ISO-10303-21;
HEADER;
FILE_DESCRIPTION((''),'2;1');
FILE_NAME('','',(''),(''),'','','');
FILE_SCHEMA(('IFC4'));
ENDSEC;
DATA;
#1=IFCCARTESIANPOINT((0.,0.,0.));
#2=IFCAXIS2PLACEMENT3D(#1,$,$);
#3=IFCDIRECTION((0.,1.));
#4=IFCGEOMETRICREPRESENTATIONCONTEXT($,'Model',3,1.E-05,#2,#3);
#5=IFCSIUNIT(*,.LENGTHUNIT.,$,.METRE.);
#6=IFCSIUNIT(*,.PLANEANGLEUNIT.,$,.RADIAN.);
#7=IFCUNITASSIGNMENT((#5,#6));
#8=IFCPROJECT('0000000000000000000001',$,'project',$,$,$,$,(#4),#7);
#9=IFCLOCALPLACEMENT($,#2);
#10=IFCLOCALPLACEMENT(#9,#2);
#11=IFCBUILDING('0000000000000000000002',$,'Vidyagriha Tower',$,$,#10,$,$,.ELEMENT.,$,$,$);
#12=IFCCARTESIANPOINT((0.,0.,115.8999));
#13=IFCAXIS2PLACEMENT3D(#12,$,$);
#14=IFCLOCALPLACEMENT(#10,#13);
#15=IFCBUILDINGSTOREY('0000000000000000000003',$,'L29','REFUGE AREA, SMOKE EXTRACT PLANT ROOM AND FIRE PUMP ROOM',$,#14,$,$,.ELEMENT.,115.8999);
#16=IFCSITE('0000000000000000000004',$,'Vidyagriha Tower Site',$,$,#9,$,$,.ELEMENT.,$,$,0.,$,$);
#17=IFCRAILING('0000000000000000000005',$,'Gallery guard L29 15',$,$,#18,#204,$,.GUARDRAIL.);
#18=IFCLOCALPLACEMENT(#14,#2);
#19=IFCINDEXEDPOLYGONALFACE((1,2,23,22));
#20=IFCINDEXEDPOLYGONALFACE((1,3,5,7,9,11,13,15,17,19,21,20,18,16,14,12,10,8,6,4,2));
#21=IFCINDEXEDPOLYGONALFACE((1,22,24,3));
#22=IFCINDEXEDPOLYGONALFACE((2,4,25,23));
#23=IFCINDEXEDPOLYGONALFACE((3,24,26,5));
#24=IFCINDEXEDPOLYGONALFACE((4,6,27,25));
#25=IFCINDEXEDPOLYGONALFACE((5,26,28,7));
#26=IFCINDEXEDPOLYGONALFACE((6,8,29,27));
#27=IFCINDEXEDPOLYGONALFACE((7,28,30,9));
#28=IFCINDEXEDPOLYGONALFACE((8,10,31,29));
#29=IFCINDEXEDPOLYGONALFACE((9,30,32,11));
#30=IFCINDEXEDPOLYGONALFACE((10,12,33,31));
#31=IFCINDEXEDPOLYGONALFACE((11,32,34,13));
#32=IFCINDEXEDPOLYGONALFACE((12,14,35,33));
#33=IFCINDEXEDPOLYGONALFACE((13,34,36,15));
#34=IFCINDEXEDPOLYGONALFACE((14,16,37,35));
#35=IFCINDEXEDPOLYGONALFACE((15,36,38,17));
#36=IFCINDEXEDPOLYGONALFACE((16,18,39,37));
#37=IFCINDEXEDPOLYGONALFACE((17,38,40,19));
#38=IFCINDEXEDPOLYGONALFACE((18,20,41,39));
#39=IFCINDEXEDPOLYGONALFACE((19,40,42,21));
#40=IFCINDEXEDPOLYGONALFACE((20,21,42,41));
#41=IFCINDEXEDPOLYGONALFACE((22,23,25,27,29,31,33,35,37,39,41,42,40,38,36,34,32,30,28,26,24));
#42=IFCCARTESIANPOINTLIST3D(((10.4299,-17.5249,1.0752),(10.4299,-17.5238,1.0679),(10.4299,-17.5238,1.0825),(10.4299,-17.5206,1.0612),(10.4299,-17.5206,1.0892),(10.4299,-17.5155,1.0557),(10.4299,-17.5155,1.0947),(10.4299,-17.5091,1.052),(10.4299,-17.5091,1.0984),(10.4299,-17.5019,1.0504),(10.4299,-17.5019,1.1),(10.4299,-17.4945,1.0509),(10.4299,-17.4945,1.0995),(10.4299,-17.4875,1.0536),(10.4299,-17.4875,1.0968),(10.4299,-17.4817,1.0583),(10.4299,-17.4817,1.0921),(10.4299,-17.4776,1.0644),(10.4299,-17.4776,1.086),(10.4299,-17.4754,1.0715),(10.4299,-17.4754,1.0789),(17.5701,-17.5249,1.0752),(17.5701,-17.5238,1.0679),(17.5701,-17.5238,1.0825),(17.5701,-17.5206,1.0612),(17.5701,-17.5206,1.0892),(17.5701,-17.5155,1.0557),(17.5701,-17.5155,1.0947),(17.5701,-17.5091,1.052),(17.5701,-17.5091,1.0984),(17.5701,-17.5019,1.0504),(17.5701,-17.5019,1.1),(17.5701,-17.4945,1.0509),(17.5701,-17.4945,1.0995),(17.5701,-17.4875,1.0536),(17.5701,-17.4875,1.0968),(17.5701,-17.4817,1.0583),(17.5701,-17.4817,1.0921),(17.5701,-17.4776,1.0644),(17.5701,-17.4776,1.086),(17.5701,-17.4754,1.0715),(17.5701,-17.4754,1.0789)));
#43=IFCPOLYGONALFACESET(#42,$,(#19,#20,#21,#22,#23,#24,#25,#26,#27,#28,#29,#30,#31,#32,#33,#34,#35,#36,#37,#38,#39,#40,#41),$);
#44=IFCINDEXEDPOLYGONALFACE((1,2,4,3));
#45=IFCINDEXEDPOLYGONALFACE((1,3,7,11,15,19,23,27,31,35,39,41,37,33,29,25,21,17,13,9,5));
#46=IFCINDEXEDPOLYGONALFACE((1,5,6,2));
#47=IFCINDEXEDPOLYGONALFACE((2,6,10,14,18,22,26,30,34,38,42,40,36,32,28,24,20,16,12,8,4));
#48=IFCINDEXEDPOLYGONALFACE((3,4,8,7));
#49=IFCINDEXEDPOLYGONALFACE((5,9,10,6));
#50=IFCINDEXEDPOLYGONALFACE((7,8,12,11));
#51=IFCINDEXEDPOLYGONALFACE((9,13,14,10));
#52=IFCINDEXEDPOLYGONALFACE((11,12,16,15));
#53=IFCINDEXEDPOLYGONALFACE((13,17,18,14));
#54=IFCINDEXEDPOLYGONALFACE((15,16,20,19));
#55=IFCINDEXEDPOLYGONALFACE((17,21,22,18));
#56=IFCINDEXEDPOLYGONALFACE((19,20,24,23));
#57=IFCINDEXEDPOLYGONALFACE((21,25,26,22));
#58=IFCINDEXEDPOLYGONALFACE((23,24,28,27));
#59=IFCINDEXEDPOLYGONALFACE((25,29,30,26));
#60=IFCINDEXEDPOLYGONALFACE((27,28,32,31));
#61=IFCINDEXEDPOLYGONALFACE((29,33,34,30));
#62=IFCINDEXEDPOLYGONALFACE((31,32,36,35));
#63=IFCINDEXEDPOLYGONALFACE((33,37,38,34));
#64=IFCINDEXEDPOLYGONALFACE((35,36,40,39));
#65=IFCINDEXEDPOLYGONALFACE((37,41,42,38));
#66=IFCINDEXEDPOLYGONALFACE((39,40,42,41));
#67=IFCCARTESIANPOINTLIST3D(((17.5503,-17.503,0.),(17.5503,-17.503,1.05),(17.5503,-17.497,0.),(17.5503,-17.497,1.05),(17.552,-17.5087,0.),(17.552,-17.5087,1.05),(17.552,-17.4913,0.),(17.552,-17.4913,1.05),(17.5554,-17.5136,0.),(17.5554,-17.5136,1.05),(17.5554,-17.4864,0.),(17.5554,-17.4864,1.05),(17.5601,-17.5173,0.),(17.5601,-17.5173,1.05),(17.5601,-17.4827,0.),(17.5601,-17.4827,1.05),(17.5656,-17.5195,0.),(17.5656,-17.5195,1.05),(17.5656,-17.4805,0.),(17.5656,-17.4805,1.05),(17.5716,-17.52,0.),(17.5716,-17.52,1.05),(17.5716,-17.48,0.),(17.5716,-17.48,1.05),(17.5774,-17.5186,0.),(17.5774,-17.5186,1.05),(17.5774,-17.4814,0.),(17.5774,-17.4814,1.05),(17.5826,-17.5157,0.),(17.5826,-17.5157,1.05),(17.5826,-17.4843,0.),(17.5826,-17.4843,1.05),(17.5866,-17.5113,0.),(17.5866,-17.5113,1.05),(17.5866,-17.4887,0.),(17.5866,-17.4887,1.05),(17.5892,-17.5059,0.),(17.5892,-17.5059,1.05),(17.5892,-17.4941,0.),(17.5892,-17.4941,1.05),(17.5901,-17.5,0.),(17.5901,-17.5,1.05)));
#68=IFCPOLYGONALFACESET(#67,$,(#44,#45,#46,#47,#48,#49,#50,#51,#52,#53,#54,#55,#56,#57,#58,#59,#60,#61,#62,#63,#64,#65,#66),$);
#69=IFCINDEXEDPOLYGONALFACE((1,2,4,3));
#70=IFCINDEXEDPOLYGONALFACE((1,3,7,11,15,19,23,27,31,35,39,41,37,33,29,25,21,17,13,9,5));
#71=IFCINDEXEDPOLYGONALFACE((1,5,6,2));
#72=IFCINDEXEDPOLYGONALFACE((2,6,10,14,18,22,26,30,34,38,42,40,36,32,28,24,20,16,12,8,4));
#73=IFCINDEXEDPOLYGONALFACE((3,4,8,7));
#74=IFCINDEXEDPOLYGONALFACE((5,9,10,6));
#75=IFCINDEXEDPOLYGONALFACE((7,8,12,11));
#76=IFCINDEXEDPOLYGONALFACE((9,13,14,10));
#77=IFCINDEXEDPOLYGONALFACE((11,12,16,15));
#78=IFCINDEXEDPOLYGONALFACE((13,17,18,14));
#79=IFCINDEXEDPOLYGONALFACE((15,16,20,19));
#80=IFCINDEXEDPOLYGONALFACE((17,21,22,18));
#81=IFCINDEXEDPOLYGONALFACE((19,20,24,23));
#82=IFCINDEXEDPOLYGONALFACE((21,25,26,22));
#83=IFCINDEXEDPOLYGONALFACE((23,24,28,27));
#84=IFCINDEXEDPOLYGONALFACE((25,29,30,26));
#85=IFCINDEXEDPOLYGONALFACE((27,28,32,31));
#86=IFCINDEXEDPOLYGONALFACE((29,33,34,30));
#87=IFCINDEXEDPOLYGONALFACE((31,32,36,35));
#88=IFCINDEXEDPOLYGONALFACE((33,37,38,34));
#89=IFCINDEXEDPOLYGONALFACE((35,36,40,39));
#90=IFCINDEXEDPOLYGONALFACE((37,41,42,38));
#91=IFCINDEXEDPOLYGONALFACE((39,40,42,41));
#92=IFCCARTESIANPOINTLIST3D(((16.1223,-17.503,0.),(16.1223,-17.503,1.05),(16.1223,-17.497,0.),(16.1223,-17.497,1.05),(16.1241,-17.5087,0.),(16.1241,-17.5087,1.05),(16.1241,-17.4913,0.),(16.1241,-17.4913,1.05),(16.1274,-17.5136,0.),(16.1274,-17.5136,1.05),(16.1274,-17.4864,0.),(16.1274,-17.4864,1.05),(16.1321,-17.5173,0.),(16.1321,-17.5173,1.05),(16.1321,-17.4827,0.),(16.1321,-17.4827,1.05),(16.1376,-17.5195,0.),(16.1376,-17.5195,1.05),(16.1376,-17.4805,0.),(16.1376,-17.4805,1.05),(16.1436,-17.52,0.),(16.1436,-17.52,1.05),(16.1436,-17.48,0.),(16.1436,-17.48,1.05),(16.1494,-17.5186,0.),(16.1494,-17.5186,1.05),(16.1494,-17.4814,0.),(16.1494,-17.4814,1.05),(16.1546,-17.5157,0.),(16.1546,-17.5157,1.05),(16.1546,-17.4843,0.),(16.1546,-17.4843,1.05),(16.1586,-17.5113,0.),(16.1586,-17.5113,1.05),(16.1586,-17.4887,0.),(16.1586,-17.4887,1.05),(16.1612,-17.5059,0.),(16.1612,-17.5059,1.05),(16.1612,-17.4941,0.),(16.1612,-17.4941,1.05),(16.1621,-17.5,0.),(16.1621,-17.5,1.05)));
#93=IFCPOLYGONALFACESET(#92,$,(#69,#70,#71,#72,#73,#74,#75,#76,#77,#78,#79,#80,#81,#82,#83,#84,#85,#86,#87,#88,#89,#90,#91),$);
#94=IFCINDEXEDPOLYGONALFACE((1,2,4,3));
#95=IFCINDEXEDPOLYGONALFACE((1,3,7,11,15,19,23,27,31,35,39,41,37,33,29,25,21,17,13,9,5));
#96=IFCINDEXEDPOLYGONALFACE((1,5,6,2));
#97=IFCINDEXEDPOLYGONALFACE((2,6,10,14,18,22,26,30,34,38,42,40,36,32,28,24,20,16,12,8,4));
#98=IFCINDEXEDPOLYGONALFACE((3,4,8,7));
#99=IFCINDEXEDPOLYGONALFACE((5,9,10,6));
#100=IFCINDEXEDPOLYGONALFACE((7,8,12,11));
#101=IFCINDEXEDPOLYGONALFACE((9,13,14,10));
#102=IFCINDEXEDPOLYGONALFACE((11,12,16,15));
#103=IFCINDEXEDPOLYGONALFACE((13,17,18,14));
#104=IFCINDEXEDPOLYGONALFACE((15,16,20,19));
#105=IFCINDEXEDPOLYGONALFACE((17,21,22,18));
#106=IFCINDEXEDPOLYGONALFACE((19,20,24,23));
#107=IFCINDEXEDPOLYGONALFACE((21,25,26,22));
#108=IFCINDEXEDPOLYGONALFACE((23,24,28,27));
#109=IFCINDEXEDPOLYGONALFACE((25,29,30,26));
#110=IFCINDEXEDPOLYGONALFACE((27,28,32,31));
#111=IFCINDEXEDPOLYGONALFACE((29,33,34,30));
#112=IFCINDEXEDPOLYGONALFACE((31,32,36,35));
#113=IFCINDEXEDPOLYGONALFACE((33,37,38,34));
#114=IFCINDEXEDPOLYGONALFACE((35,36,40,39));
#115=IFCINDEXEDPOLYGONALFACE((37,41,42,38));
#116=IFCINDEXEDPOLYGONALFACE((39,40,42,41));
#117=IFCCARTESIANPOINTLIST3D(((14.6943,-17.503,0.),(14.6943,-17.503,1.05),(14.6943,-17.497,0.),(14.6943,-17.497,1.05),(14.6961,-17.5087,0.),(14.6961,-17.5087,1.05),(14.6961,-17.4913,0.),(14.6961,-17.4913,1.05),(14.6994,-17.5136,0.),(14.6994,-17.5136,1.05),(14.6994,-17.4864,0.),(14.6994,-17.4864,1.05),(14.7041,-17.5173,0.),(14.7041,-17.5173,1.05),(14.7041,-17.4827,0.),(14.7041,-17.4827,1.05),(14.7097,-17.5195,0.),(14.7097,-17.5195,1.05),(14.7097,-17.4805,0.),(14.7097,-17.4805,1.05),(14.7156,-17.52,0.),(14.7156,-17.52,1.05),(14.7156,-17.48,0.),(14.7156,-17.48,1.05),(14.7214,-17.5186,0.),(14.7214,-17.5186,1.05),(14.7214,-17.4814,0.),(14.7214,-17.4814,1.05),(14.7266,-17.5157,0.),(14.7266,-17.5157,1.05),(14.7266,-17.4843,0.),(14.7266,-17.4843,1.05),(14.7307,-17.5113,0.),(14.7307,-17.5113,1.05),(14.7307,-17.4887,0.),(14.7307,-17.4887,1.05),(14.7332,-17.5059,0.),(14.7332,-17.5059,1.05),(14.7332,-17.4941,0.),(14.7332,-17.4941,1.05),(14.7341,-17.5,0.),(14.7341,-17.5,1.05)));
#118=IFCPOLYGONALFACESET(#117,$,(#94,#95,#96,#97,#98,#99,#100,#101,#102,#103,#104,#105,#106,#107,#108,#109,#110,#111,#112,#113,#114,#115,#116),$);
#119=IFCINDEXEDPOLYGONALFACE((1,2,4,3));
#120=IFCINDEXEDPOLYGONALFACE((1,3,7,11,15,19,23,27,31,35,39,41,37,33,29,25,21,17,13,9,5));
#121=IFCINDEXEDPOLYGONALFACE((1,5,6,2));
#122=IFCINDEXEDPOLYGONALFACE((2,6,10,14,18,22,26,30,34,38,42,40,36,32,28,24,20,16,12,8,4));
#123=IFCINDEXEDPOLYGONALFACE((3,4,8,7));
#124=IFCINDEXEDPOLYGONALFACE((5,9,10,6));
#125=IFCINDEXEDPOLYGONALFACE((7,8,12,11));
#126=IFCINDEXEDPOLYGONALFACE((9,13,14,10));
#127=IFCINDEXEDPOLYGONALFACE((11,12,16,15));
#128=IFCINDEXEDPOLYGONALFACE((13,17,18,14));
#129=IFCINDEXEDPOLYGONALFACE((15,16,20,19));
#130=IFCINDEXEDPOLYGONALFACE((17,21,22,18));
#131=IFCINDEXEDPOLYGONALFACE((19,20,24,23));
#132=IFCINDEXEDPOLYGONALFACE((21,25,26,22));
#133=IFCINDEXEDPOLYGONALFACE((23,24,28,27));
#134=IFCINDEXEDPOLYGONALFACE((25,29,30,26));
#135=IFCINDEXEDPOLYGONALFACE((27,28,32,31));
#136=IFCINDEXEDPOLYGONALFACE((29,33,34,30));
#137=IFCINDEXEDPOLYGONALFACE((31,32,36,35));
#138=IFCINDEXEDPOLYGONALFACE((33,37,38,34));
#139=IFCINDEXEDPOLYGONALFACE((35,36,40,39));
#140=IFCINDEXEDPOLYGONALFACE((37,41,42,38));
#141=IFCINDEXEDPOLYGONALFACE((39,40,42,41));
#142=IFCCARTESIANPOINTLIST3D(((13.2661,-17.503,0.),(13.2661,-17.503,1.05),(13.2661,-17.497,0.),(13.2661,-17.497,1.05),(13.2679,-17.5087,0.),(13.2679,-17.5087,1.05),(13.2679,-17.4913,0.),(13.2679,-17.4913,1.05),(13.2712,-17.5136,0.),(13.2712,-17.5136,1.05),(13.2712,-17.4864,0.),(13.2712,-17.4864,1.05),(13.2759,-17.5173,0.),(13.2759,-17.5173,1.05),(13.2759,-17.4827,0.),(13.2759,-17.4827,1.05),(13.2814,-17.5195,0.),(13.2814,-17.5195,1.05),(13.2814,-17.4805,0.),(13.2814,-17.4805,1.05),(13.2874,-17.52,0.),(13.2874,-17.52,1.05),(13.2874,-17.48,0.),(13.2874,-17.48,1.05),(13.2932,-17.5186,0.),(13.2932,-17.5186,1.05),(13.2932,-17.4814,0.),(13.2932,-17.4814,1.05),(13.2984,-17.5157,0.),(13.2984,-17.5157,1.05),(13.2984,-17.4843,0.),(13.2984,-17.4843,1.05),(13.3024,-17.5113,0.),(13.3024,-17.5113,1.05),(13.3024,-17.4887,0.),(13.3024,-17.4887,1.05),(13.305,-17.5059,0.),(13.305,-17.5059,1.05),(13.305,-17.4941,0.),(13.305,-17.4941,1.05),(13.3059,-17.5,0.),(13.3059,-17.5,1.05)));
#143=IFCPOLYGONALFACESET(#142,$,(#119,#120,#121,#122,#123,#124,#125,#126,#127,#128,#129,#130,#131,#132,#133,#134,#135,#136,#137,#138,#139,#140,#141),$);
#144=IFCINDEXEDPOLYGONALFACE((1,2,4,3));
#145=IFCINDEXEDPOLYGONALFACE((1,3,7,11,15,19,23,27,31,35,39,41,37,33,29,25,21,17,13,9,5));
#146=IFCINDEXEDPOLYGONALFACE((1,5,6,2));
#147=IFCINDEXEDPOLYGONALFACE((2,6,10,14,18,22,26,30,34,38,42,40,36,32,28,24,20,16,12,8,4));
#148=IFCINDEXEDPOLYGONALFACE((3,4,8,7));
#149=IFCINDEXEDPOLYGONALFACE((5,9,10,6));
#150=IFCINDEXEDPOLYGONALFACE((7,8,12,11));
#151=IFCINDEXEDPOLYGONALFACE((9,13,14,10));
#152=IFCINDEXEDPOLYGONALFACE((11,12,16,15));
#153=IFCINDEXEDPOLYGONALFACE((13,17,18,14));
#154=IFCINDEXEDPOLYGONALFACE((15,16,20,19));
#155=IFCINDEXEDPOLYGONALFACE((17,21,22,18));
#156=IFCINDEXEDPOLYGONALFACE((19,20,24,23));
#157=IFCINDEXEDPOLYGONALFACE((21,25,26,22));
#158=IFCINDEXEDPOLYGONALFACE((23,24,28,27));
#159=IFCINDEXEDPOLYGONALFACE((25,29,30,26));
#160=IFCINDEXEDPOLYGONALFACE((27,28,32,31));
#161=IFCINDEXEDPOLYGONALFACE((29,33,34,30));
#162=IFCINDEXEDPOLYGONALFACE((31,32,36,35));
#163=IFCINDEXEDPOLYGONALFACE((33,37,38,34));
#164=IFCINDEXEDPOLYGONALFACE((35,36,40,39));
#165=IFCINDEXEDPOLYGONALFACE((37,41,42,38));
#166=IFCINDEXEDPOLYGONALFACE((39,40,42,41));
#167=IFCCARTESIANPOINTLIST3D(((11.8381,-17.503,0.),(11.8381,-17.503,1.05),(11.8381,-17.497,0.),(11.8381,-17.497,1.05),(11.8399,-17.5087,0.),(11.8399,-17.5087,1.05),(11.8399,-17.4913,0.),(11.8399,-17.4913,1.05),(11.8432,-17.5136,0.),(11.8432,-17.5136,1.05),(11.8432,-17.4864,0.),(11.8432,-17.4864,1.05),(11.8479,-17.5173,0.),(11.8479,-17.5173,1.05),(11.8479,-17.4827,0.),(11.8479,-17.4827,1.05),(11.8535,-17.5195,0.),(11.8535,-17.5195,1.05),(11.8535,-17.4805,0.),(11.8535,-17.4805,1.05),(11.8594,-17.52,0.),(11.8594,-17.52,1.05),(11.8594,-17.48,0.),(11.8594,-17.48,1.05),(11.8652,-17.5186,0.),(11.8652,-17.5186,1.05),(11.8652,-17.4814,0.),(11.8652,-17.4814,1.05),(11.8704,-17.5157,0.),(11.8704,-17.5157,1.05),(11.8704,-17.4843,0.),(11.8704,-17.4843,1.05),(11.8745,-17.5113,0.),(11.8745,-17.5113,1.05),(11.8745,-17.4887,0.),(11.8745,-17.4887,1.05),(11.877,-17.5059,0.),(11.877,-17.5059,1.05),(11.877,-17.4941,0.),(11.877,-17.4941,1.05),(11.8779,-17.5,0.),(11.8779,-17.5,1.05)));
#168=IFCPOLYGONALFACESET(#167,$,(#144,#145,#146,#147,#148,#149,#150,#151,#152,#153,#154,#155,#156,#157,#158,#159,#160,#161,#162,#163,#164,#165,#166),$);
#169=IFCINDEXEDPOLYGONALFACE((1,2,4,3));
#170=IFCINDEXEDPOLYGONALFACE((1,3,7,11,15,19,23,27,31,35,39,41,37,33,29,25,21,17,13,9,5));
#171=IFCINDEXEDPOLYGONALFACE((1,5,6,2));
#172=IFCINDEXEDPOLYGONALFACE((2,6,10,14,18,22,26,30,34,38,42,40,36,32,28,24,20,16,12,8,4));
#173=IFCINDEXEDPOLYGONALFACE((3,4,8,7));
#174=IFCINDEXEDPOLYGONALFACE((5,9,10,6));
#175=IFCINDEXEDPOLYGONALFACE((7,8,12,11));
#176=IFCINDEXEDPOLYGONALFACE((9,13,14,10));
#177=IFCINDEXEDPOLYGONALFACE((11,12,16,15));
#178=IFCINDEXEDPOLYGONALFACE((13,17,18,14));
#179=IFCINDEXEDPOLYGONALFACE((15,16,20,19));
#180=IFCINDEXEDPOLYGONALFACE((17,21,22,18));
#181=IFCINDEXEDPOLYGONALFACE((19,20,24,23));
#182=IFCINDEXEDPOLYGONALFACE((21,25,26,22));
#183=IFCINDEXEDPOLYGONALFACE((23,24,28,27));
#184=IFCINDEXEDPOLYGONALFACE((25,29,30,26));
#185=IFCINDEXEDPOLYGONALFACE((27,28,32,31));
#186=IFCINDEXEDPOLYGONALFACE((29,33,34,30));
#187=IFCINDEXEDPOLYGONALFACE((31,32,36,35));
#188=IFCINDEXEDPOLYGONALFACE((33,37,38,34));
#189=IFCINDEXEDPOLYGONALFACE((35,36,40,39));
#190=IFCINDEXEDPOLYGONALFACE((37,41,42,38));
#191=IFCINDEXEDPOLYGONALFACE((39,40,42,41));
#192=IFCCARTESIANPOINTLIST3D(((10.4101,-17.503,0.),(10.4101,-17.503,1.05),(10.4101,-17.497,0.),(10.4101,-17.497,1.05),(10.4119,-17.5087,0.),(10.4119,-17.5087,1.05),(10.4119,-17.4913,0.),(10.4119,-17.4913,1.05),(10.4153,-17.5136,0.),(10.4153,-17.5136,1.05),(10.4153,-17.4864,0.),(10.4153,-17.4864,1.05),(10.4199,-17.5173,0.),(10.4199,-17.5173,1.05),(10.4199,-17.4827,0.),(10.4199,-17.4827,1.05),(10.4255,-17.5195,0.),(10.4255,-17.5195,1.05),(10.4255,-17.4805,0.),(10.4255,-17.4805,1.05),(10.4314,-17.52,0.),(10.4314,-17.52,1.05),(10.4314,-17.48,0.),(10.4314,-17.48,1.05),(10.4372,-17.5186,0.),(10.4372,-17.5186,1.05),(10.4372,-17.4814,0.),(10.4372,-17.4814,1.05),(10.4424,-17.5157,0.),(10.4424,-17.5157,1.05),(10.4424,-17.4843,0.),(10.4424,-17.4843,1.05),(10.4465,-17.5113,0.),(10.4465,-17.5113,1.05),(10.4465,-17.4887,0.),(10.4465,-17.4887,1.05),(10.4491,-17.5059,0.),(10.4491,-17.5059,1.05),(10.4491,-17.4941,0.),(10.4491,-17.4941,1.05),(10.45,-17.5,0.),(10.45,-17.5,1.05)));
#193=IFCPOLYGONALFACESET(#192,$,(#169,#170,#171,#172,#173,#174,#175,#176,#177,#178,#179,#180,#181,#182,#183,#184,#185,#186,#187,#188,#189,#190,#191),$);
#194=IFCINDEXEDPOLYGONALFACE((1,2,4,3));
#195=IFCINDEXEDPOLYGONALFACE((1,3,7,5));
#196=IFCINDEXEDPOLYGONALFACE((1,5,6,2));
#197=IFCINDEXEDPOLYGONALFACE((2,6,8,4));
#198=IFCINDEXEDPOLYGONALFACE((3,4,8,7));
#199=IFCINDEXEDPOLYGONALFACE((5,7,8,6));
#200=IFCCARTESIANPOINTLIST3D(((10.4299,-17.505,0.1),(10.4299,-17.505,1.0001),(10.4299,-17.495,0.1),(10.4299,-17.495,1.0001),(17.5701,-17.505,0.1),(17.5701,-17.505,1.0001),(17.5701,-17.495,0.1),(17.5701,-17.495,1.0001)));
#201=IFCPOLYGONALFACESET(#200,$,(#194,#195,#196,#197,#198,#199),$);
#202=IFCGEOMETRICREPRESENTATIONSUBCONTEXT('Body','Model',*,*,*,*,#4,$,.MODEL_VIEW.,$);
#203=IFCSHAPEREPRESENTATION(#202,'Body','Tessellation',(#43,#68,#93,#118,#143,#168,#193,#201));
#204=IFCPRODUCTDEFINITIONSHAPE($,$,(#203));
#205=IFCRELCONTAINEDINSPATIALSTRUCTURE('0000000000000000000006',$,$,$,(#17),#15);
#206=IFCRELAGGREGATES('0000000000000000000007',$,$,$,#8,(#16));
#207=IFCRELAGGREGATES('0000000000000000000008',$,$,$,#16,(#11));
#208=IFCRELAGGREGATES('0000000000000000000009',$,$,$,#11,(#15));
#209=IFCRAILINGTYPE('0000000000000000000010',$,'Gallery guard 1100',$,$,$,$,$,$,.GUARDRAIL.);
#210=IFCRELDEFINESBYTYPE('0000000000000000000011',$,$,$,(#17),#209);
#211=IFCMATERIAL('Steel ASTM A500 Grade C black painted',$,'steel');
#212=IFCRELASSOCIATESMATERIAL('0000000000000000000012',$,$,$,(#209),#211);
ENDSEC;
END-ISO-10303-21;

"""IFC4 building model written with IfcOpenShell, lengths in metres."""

from ifc_helpers import new_model, si_unit, direction, frame, origin, origin_2d, place, context, subcontext, project, spatial, rectangle, circle, extrude, material, type_object, element, save


model = new_model("IFC4")

# Units and contexts
model_context = context("Model", 3, precision=1e-05, world=origin(), true_north=direction((0.0, 1.0)))
body_context = subcontext(model_context, "Body", "Model", "MODEL_VIEW")
ifc_project = project(units=[si_unit("LENGTHUNIT", "METRE"), si_unit("PLANEANGLEUNIT", "RADIAN")], contexts=[model_context])

# Site, building, storey
site_placement = place(None, origin())
site = spatial("IfcSite", under=ifc_project, at=site_placement, Name="Vidyagriha Tower Site", CompositionType="ELEMENT", RefElevation=0.0)
building_placement = place(site_placement, origin())
building = spatial("IfcBuilding", under=site, at=building_placement, Name="Vidyagriha Tower", CompositionType="ELEMENT")
storey_placement = place(building_placement, frame((0.0, 0.0, 115.8999)))
storey = spatial("IfcBuildingStorey", under=building, at=storey_placement, Name="L29", Description="REFUGE AREA, SMOKE EXTRACT PLANT ROOM AND FIRE PUMP ROOM", CompositionType="ELEMENT", Elevation=115.8999)

# Railing
ifc_material_1 = material(Name="Steel ASTM A500 Grade C black painted", Category="steel")
railing_type = type_object("IfcRailingType", Name="Gallery guard 1100", PredefinedType="GUARDRAIL", material=ifc_material_1)
for number, where, name in (
    (1, (17.5701, -17.5, 0.0), "Gallery guard L29 15"),
):
    element("IfcRailing", number, at=place(storey_placement, frame(where)), inside=storey, type_object=railing_type, Name=name, PredefinedType="GUARDRAIL", context=body_context, shape_type="SweptSolid", body=[
        extrude(circle(Radius=0.0249, at=origin_2d()), frame((0.0, 0.0, 1.0752), z_axis=(-1.0, 0.0, 0.0), x_axis=(0.0, -1.0, 0.0)), (0.0, 0.0, 1.0), 7.1401),
        extrude(circle(Radius=0.02, at=origin_2d()), origin(), (0.0, 0.0, 1.0), 1.05),
        extrude(circle(Radius=0.02, at=origin_2d()), frame((-1.428, 0.0, 0.0)), (0.0, 0.0, 1.0), 1.05),
        extrude(circle(Radius=0.02, at=origin_2d()), frame((-2.856, 0.0, 0.0)), (0.0, 0.0, 1.0), 1.05),
        extrude(circle(Radius=0.02, at=origin_2d()), frame((-4.2842, 0.0, 0.0)), (0.0, 0.0, 1.0), 1.05),
        extrude(circle(Radius=0.02, at=origin_2d()), frame((-5.7122, 0.0, 0.0)), (0.0, 0.0, 1.0), 1.05),
        extrude(circle(Radius=0.02, at=origin_2d()), frame((-7.1401, 0.0, 0.0)), (0.0, 0.0, 1.0), 1.05),
        extrude(rectangle(XDim=0.01, YDim=0.9001, at=origin_2d()), frame((0.0, 0.0, 0.55), z_axis=(-1.0, 0.0, 0.0), x_axis=(0.0, -1.0, 0.0)), (0.0, 0.0, 1.0), 7.1401),
    ])

save(model, "model.ifc")
